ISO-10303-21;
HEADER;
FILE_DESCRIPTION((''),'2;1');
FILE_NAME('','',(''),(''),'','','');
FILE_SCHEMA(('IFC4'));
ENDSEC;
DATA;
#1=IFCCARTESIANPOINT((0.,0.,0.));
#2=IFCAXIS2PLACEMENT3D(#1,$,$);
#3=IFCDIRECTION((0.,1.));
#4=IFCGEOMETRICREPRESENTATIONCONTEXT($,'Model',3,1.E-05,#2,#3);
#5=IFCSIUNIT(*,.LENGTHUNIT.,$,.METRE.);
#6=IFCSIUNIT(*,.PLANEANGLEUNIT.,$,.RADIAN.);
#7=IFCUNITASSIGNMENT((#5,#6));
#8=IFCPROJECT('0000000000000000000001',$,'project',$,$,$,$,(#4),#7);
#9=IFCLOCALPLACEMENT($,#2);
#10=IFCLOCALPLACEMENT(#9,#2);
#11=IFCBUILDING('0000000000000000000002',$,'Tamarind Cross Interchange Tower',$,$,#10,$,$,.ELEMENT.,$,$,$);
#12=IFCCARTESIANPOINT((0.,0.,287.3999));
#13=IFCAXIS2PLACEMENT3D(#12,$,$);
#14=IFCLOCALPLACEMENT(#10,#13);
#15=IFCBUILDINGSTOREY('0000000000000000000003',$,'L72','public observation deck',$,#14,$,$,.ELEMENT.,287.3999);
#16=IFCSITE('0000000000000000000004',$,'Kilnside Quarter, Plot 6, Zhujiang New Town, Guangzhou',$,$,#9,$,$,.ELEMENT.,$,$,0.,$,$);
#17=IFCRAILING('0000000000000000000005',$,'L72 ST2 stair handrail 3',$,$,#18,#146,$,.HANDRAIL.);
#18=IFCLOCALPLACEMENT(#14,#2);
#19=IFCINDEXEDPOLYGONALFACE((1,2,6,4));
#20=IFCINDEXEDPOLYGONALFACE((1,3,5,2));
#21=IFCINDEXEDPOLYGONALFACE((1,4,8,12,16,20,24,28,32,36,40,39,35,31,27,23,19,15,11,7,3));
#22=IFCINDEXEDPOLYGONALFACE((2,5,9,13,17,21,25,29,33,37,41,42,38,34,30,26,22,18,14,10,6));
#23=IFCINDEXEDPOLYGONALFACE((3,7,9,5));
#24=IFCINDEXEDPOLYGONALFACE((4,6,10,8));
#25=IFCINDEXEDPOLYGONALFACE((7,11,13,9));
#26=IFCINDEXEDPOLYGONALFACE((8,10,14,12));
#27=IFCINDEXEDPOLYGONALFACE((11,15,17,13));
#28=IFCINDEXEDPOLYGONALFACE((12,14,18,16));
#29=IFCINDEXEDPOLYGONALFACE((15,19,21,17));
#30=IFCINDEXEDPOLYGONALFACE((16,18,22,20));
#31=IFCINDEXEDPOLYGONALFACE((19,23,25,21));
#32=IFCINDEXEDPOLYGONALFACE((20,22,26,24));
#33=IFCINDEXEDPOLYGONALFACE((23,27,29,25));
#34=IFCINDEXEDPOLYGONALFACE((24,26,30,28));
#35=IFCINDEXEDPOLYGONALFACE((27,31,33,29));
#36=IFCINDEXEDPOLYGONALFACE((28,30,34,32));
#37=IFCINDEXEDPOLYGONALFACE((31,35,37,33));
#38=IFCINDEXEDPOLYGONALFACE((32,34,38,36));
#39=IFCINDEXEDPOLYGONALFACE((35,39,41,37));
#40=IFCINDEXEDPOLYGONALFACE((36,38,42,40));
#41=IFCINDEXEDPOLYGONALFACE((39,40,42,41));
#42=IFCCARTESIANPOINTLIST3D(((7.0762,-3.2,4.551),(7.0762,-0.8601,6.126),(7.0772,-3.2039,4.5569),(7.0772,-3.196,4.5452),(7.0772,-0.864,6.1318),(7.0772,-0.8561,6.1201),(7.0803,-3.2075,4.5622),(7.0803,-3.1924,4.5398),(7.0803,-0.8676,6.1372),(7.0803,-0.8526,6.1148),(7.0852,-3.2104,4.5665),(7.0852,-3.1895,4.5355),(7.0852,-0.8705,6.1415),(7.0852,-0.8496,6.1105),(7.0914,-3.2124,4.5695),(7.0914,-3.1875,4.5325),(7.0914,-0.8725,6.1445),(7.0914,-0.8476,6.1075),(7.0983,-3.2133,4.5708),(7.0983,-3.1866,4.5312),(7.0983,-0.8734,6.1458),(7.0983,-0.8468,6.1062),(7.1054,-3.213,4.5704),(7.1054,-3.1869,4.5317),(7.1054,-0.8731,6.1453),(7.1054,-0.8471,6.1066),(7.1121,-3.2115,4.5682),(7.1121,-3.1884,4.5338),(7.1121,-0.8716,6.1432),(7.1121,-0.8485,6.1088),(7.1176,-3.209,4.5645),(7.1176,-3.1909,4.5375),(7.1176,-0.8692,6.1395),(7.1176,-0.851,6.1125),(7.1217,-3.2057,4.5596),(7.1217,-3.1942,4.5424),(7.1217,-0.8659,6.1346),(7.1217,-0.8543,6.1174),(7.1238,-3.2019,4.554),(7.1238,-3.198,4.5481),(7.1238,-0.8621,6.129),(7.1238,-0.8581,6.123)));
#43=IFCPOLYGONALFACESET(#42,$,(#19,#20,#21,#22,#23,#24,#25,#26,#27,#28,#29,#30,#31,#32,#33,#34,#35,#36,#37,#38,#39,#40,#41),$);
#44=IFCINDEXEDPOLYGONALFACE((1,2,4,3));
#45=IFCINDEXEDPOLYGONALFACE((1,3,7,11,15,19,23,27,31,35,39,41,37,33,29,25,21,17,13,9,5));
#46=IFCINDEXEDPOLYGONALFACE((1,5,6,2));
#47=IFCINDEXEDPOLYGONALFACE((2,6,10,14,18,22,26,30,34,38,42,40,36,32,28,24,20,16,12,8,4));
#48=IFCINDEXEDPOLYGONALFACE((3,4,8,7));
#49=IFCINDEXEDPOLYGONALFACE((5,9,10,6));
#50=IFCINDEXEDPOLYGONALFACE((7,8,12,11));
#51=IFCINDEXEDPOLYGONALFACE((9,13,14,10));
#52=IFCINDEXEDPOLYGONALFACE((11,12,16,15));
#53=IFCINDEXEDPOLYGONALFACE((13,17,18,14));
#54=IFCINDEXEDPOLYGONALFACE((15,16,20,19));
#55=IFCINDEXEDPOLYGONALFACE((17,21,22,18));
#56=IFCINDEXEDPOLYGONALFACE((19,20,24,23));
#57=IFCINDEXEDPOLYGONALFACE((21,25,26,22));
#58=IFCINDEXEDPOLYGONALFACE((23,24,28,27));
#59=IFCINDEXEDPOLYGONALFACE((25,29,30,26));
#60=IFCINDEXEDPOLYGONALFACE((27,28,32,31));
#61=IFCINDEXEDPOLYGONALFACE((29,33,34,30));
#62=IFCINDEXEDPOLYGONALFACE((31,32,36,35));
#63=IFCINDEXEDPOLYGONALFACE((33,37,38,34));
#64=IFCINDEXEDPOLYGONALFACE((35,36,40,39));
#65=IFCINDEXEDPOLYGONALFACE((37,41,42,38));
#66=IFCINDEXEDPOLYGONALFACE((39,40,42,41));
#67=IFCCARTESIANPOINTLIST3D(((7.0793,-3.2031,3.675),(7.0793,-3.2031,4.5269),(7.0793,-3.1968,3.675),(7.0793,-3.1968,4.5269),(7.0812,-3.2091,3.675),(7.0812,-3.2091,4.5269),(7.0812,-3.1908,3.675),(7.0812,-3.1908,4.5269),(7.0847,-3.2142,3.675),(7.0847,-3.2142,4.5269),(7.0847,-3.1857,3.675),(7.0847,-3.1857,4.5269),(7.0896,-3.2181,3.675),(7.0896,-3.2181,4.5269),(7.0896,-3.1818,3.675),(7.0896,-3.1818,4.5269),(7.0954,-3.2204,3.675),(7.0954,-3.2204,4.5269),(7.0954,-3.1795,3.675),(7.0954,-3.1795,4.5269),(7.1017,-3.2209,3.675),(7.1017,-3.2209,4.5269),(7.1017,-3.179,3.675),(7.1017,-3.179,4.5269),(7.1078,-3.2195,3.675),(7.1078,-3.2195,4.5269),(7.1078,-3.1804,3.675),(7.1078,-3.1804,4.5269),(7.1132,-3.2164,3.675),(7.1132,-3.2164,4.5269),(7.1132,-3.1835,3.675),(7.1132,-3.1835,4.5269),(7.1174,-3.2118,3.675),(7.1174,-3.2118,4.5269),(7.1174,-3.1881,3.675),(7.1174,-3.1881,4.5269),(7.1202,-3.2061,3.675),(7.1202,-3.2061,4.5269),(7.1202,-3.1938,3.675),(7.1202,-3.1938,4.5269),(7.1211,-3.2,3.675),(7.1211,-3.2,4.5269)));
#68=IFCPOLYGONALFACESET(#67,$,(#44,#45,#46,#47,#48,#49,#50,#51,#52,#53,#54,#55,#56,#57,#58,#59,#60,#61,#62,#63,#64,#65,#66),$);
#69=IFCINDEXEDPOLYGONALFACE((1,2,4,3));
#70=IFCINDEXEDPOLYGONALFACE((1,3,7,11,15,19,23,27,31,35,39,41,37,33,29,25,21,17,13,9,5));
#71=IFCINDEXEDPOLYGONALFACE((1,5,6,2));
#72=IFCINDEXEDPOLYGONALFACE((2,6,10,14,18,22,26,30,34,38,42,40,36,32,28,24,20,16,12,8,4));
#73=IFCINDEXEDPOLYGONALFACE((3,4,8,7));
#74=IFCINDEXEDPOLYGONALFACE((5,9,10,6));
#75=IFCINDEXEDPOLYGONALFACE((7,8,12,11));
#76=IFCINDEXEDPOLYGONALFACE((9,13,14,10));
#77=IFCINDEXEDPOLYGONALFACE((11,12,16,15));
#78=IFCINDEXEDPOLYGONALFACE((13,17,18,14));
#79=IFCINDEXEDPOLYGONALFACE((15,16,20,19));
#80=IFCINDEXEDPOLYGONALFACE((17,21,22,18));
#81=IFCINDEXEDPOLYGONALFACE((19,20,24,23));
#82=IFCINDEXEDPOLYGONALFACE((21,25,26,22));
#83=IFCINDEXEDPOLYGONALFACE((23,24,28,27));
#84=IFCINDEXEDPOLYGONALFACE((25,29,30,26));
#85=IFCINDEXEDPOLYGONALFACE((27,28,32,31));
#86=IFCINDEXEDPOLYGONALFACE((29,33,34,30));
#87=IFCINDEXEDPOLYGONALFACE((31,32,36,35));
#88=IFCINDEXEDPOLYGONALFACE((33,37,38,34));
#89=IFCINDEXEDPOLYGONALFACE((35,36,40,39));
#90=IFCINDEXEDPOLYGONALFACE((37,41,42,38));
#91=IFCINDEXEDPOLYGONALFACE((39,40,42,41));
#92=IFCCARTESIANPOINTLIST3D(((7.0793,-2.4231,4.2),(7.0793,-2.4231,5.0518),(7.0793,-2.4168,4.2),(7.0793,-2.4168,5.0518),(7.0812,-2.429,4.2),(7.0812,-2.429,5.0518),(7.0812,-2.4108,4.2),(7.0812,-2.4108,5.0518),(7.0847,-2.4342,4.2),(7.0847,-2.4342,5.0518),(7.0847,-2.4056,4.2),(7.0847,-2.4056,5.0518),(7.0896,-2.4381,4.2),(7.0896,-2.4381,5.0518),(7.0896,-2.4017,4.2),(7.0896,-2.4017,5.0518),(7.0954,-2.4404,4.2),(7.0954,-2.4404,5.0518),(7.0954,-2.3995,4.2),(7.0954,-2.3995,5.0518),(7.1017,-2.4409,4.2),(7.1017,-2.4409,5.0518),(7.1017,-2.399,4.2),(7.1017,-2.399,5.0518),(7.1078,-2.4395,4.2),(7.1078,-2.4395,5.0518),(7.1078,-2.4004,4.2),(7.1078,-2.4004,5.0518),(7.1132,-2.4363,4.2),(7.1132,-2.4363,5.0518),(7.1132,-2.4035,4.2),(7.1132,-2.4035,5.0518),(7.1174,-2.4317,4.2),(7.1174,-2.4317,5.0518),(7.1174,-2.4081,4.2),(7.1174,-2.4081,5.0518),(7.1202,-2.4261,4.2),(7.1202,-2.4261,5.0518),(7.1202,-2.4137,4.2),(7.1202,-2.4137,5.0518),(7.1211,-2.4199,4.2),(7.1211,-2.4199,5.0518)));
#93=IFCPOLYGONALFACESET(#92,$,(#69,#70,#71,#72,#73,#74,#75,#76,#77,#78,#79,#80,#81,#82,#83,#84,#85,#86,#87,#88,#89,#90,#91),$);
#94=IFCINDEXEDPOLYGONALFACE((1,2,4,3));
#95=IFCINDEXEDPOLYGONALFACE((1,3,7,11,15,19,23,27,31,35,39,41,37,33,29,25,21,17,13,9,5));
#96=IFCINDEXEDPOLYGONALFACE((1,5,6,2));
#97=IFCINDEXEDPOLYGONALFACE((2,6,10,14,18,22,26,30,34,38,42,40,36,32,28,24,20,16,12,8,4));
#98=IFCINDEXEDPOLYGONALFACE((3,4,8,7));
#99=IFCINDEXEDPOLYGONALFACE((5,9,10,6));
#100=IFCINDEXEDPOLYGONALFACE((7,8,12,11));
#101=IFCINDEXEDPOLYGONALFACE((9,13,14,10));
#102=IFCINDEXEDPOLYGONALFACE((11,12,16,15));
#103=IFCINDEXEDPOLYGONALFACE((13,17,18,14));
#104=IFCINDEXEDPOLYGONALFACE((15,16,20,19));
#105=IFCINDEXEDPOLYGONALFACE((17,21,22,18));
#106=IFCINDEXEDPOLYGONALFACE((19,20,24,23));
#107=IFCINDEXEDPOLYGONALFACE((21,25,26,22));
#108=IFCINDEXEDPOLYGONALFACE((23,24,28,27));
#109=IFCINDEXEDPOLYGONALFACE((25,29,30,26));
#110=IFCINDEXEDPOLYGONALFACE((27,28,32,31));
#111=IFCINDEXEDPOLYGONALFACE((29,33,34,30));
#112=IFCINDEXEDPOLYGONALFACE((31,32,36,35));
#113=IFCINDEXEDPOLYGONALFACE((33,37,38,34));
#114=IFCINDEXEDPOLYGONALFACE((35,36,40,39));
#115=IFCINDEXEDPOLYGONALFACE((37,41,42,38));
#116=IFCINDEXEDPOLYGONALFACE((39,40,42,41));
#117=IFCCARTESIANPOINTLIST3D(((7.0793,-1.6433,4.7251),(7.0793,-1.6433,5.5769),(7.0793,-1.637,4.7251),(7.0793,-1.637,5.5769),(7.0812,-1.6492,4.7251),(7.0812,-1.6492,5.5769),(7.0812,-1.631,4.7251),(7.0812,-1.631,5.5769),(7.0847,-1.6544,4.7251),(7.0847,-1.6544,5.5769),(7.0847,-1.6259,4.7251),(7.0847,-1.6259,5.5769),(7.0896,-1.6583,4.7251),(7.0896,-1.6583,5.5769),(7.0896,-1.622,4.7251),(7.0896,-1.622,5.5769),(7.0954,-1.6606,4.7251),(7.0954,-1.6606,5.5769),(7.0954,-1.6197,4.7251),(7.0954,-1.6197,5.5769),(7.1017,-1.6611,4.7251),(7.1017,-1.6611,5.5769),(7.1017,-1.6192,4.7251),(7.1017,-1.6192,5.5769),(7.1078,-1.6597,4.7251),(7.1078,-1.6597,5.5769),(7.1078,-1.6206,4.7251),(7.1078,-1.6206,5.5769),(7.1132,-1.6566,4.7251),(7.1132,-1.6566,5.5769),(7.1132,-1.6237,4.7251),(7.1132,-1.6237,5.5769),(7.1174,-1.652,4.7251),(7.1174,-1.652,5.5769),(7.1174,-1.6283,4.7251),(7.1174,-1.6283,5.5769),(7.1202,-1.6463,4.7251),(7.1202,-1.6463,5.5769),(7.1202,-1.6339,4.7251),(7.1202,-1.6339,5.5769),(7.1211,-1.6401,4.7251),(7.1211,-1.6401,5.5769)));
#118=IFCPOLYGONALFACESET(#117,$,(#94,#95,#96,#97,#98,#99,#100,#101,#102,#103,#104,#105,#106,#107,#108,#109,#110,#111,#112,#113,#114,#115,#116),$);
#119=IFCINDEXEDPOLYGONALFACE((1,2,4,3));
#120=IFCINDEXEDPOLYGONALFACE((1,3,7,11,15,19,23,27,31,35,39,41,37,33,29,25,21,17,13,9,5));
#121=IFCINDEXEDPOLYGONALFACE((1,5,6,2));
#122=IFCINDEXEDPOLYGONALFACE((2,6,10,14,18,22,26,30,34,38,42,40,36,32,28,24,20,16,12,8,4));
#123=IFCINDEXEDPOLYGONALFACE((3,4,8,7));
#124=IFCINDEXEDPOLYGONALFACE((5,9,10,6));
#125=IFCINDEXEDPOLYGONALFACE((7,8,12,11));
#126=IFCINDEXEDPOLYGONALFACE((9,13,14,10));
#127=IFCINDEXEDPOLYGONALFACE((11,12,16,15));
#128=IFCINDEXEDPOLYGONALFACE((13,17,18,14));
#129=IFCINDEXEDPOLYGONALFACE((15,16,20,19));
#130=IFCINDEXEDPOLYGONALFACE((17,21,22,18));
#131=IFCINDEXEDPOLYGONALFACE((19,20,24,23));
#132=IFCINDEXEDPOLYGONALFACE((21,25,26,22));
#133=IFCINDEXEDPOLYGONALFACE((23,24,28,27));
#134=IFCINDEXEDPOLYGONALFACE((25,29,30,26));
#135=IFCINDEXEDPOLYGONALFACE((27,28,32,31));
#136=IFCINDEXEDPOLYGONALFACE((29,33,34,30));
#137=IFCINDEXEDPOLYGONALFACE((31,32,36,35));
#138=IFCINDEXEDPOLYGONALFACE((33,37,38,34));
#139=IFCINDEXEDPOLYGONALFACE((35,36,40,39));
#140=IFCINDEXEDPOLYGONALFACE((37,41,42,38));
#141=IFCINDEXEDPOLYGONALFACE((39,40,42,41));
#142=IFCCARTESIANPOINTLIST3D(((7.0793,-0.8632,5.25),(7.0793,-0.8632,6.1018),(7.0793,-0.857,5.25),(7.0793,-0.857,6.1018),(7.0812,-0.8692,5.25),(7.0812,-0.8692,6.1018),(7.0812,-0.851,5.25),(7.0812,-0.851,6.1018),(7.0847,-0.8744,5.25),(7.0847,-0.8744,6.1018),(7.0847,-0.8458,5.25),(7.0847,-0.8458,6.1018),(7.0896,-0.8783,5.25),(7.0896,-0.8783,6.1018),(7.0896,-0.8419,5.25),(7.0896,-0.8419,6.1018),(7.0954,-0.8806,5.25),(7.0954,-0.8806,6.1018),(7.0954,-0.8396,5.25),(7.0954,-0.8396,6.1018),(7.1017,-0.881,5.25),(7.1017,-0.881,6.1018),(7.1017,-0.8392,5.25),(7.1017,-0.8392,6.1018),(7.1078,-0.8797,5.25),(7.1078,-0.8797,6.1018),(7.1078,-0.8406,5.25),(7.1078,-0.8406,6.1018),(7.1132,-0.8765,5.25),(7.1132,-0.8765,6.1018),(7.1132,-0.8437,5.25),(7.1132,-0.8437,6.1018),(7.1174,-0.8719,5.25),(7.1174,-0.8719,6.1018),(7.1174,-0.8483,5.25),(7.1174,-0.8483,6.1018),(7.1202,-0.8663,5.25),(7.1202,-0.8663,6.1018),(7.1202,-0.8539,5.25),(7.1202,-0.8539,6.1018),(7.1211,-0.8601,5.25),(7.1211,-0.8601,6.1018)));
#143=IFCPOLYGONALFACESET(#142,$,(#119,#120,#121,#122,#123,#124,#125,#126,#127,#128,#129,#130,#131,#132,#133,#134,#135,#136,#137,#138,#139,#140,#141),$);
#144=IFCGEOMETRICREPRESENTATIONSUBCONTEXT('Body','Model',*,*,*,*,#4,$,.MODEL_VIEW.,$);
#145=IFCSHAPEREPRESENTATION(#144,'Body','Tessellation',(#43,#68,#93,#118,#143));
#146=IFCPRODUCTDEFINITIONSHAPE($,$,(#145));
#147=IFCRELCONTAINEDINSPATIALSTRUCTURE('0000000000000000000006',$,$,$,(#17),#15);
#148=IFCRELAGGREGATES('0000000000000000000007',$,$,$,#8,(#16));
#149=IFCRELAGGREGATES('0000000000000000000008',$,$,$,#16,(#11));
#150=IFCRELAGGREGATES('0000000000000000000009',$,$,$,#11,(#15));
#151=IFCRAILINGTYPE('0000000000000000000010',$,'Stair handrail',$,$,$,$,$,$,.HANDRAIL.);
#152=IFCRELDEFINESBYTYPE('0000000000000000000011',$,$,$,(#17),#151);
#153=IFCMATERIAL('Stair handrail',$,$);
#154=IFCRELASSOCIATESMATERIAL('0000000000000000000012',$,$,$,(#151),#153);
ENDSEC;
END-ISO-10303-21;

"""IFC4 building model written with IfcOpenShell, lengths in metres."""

from ifc_helpers import new_model, si_unit, direction, frame, origin, origin_2d, place, context, subcontext, project, spatial, circle, extrude, material, type_object, element, save


model = new_model("IFC4")

# Units and contexts
model_context = context("Model", 3, precision=1e-05, world=origin(), true_north=direction((0.0, 1.0)))
body_context = subcontext(model_context, "Body", "Model", "MODEL_VIEW")
ifc_project = project(units=[si_unit("LENGTHUNIT", "METRE"), si_unit("PLANEANGLEUNIT", "RADIAN")], contexts=[model_context])

# Site, building, storey
site_placement = place(None, origin())
site = spatial("IfcSite", under=ifc_project, at=site_placement, Name="Kilnside Quarter, Plot 6, Zhujiang New Town, Guangzhou", CompositionType="ELEMENT", RefElevation=0.0)
building_placement = place(site_placement, origin())
building = spatial("IfcBuilding", under=site, at=building_placement, Name="Tamarind Cross Interchange Tower", CompositionType="ELEMENT")
storey_placement = place(building_placement, frame((0.0, 0.0, 287.3999)))
storey = spatial("IfcBuildingStorey", under=building, at=storey_placement, Name="L72", Description="public observation deck", CompositionType="ELEMENT", Elevation=287.3999)

# Railing
ifc_material_1 = material(Name="Stair handrail")
railing_type_1 = type_object("IfcRailingType", Name="Stair handrail", PredefinedType="HANDRAIL", material=ifc_material_1)
railing_1_placement = place(storey_placement, frame((7.1001, -3.2, 3.675)))
element("IfcRailing", 1, at=railing_1_placement, inside=storey, type_object=railing_type_1, Name="L72 ST2 stair handrail 3", PredefinedType="HANDRAIL", context=body_context, shape_type="SweptSolid", body=[
    extrude(circle(Radius=0.0239, at=origin_2d()), frame((0.0, 0.0, 0.876), z_axis=(0.0, 0.829578, 0.55839), x_axis=(-1.0, 0.0, 0.0)), (0.0, 0.0, 1.0), 2.8206),
    extrude(circle(Radius=0.021, at=origin_2d()), origin(), (0.0, 0.0, 1.0), 0.8518),
    extrude(circle(Radius=0.021, at=origin_2d()), frame((0.0, 0.78, 0.5249)), (0.0, 0.0, 1.0), 0.8518),
    extrude(circle(Radius=0.021, at=origin_2d()), frame((0.0, 1.5598, 1.05)), (0.0, 0.0, 1.0), 0.8518),
    extrude(circle(Radius=0.021, at=origin_2d()), frame((0.0, 2.3398, 1.575)), (0.0, 0.0, 1.0), 0.8518),
])

save(model, "model.ifc")
